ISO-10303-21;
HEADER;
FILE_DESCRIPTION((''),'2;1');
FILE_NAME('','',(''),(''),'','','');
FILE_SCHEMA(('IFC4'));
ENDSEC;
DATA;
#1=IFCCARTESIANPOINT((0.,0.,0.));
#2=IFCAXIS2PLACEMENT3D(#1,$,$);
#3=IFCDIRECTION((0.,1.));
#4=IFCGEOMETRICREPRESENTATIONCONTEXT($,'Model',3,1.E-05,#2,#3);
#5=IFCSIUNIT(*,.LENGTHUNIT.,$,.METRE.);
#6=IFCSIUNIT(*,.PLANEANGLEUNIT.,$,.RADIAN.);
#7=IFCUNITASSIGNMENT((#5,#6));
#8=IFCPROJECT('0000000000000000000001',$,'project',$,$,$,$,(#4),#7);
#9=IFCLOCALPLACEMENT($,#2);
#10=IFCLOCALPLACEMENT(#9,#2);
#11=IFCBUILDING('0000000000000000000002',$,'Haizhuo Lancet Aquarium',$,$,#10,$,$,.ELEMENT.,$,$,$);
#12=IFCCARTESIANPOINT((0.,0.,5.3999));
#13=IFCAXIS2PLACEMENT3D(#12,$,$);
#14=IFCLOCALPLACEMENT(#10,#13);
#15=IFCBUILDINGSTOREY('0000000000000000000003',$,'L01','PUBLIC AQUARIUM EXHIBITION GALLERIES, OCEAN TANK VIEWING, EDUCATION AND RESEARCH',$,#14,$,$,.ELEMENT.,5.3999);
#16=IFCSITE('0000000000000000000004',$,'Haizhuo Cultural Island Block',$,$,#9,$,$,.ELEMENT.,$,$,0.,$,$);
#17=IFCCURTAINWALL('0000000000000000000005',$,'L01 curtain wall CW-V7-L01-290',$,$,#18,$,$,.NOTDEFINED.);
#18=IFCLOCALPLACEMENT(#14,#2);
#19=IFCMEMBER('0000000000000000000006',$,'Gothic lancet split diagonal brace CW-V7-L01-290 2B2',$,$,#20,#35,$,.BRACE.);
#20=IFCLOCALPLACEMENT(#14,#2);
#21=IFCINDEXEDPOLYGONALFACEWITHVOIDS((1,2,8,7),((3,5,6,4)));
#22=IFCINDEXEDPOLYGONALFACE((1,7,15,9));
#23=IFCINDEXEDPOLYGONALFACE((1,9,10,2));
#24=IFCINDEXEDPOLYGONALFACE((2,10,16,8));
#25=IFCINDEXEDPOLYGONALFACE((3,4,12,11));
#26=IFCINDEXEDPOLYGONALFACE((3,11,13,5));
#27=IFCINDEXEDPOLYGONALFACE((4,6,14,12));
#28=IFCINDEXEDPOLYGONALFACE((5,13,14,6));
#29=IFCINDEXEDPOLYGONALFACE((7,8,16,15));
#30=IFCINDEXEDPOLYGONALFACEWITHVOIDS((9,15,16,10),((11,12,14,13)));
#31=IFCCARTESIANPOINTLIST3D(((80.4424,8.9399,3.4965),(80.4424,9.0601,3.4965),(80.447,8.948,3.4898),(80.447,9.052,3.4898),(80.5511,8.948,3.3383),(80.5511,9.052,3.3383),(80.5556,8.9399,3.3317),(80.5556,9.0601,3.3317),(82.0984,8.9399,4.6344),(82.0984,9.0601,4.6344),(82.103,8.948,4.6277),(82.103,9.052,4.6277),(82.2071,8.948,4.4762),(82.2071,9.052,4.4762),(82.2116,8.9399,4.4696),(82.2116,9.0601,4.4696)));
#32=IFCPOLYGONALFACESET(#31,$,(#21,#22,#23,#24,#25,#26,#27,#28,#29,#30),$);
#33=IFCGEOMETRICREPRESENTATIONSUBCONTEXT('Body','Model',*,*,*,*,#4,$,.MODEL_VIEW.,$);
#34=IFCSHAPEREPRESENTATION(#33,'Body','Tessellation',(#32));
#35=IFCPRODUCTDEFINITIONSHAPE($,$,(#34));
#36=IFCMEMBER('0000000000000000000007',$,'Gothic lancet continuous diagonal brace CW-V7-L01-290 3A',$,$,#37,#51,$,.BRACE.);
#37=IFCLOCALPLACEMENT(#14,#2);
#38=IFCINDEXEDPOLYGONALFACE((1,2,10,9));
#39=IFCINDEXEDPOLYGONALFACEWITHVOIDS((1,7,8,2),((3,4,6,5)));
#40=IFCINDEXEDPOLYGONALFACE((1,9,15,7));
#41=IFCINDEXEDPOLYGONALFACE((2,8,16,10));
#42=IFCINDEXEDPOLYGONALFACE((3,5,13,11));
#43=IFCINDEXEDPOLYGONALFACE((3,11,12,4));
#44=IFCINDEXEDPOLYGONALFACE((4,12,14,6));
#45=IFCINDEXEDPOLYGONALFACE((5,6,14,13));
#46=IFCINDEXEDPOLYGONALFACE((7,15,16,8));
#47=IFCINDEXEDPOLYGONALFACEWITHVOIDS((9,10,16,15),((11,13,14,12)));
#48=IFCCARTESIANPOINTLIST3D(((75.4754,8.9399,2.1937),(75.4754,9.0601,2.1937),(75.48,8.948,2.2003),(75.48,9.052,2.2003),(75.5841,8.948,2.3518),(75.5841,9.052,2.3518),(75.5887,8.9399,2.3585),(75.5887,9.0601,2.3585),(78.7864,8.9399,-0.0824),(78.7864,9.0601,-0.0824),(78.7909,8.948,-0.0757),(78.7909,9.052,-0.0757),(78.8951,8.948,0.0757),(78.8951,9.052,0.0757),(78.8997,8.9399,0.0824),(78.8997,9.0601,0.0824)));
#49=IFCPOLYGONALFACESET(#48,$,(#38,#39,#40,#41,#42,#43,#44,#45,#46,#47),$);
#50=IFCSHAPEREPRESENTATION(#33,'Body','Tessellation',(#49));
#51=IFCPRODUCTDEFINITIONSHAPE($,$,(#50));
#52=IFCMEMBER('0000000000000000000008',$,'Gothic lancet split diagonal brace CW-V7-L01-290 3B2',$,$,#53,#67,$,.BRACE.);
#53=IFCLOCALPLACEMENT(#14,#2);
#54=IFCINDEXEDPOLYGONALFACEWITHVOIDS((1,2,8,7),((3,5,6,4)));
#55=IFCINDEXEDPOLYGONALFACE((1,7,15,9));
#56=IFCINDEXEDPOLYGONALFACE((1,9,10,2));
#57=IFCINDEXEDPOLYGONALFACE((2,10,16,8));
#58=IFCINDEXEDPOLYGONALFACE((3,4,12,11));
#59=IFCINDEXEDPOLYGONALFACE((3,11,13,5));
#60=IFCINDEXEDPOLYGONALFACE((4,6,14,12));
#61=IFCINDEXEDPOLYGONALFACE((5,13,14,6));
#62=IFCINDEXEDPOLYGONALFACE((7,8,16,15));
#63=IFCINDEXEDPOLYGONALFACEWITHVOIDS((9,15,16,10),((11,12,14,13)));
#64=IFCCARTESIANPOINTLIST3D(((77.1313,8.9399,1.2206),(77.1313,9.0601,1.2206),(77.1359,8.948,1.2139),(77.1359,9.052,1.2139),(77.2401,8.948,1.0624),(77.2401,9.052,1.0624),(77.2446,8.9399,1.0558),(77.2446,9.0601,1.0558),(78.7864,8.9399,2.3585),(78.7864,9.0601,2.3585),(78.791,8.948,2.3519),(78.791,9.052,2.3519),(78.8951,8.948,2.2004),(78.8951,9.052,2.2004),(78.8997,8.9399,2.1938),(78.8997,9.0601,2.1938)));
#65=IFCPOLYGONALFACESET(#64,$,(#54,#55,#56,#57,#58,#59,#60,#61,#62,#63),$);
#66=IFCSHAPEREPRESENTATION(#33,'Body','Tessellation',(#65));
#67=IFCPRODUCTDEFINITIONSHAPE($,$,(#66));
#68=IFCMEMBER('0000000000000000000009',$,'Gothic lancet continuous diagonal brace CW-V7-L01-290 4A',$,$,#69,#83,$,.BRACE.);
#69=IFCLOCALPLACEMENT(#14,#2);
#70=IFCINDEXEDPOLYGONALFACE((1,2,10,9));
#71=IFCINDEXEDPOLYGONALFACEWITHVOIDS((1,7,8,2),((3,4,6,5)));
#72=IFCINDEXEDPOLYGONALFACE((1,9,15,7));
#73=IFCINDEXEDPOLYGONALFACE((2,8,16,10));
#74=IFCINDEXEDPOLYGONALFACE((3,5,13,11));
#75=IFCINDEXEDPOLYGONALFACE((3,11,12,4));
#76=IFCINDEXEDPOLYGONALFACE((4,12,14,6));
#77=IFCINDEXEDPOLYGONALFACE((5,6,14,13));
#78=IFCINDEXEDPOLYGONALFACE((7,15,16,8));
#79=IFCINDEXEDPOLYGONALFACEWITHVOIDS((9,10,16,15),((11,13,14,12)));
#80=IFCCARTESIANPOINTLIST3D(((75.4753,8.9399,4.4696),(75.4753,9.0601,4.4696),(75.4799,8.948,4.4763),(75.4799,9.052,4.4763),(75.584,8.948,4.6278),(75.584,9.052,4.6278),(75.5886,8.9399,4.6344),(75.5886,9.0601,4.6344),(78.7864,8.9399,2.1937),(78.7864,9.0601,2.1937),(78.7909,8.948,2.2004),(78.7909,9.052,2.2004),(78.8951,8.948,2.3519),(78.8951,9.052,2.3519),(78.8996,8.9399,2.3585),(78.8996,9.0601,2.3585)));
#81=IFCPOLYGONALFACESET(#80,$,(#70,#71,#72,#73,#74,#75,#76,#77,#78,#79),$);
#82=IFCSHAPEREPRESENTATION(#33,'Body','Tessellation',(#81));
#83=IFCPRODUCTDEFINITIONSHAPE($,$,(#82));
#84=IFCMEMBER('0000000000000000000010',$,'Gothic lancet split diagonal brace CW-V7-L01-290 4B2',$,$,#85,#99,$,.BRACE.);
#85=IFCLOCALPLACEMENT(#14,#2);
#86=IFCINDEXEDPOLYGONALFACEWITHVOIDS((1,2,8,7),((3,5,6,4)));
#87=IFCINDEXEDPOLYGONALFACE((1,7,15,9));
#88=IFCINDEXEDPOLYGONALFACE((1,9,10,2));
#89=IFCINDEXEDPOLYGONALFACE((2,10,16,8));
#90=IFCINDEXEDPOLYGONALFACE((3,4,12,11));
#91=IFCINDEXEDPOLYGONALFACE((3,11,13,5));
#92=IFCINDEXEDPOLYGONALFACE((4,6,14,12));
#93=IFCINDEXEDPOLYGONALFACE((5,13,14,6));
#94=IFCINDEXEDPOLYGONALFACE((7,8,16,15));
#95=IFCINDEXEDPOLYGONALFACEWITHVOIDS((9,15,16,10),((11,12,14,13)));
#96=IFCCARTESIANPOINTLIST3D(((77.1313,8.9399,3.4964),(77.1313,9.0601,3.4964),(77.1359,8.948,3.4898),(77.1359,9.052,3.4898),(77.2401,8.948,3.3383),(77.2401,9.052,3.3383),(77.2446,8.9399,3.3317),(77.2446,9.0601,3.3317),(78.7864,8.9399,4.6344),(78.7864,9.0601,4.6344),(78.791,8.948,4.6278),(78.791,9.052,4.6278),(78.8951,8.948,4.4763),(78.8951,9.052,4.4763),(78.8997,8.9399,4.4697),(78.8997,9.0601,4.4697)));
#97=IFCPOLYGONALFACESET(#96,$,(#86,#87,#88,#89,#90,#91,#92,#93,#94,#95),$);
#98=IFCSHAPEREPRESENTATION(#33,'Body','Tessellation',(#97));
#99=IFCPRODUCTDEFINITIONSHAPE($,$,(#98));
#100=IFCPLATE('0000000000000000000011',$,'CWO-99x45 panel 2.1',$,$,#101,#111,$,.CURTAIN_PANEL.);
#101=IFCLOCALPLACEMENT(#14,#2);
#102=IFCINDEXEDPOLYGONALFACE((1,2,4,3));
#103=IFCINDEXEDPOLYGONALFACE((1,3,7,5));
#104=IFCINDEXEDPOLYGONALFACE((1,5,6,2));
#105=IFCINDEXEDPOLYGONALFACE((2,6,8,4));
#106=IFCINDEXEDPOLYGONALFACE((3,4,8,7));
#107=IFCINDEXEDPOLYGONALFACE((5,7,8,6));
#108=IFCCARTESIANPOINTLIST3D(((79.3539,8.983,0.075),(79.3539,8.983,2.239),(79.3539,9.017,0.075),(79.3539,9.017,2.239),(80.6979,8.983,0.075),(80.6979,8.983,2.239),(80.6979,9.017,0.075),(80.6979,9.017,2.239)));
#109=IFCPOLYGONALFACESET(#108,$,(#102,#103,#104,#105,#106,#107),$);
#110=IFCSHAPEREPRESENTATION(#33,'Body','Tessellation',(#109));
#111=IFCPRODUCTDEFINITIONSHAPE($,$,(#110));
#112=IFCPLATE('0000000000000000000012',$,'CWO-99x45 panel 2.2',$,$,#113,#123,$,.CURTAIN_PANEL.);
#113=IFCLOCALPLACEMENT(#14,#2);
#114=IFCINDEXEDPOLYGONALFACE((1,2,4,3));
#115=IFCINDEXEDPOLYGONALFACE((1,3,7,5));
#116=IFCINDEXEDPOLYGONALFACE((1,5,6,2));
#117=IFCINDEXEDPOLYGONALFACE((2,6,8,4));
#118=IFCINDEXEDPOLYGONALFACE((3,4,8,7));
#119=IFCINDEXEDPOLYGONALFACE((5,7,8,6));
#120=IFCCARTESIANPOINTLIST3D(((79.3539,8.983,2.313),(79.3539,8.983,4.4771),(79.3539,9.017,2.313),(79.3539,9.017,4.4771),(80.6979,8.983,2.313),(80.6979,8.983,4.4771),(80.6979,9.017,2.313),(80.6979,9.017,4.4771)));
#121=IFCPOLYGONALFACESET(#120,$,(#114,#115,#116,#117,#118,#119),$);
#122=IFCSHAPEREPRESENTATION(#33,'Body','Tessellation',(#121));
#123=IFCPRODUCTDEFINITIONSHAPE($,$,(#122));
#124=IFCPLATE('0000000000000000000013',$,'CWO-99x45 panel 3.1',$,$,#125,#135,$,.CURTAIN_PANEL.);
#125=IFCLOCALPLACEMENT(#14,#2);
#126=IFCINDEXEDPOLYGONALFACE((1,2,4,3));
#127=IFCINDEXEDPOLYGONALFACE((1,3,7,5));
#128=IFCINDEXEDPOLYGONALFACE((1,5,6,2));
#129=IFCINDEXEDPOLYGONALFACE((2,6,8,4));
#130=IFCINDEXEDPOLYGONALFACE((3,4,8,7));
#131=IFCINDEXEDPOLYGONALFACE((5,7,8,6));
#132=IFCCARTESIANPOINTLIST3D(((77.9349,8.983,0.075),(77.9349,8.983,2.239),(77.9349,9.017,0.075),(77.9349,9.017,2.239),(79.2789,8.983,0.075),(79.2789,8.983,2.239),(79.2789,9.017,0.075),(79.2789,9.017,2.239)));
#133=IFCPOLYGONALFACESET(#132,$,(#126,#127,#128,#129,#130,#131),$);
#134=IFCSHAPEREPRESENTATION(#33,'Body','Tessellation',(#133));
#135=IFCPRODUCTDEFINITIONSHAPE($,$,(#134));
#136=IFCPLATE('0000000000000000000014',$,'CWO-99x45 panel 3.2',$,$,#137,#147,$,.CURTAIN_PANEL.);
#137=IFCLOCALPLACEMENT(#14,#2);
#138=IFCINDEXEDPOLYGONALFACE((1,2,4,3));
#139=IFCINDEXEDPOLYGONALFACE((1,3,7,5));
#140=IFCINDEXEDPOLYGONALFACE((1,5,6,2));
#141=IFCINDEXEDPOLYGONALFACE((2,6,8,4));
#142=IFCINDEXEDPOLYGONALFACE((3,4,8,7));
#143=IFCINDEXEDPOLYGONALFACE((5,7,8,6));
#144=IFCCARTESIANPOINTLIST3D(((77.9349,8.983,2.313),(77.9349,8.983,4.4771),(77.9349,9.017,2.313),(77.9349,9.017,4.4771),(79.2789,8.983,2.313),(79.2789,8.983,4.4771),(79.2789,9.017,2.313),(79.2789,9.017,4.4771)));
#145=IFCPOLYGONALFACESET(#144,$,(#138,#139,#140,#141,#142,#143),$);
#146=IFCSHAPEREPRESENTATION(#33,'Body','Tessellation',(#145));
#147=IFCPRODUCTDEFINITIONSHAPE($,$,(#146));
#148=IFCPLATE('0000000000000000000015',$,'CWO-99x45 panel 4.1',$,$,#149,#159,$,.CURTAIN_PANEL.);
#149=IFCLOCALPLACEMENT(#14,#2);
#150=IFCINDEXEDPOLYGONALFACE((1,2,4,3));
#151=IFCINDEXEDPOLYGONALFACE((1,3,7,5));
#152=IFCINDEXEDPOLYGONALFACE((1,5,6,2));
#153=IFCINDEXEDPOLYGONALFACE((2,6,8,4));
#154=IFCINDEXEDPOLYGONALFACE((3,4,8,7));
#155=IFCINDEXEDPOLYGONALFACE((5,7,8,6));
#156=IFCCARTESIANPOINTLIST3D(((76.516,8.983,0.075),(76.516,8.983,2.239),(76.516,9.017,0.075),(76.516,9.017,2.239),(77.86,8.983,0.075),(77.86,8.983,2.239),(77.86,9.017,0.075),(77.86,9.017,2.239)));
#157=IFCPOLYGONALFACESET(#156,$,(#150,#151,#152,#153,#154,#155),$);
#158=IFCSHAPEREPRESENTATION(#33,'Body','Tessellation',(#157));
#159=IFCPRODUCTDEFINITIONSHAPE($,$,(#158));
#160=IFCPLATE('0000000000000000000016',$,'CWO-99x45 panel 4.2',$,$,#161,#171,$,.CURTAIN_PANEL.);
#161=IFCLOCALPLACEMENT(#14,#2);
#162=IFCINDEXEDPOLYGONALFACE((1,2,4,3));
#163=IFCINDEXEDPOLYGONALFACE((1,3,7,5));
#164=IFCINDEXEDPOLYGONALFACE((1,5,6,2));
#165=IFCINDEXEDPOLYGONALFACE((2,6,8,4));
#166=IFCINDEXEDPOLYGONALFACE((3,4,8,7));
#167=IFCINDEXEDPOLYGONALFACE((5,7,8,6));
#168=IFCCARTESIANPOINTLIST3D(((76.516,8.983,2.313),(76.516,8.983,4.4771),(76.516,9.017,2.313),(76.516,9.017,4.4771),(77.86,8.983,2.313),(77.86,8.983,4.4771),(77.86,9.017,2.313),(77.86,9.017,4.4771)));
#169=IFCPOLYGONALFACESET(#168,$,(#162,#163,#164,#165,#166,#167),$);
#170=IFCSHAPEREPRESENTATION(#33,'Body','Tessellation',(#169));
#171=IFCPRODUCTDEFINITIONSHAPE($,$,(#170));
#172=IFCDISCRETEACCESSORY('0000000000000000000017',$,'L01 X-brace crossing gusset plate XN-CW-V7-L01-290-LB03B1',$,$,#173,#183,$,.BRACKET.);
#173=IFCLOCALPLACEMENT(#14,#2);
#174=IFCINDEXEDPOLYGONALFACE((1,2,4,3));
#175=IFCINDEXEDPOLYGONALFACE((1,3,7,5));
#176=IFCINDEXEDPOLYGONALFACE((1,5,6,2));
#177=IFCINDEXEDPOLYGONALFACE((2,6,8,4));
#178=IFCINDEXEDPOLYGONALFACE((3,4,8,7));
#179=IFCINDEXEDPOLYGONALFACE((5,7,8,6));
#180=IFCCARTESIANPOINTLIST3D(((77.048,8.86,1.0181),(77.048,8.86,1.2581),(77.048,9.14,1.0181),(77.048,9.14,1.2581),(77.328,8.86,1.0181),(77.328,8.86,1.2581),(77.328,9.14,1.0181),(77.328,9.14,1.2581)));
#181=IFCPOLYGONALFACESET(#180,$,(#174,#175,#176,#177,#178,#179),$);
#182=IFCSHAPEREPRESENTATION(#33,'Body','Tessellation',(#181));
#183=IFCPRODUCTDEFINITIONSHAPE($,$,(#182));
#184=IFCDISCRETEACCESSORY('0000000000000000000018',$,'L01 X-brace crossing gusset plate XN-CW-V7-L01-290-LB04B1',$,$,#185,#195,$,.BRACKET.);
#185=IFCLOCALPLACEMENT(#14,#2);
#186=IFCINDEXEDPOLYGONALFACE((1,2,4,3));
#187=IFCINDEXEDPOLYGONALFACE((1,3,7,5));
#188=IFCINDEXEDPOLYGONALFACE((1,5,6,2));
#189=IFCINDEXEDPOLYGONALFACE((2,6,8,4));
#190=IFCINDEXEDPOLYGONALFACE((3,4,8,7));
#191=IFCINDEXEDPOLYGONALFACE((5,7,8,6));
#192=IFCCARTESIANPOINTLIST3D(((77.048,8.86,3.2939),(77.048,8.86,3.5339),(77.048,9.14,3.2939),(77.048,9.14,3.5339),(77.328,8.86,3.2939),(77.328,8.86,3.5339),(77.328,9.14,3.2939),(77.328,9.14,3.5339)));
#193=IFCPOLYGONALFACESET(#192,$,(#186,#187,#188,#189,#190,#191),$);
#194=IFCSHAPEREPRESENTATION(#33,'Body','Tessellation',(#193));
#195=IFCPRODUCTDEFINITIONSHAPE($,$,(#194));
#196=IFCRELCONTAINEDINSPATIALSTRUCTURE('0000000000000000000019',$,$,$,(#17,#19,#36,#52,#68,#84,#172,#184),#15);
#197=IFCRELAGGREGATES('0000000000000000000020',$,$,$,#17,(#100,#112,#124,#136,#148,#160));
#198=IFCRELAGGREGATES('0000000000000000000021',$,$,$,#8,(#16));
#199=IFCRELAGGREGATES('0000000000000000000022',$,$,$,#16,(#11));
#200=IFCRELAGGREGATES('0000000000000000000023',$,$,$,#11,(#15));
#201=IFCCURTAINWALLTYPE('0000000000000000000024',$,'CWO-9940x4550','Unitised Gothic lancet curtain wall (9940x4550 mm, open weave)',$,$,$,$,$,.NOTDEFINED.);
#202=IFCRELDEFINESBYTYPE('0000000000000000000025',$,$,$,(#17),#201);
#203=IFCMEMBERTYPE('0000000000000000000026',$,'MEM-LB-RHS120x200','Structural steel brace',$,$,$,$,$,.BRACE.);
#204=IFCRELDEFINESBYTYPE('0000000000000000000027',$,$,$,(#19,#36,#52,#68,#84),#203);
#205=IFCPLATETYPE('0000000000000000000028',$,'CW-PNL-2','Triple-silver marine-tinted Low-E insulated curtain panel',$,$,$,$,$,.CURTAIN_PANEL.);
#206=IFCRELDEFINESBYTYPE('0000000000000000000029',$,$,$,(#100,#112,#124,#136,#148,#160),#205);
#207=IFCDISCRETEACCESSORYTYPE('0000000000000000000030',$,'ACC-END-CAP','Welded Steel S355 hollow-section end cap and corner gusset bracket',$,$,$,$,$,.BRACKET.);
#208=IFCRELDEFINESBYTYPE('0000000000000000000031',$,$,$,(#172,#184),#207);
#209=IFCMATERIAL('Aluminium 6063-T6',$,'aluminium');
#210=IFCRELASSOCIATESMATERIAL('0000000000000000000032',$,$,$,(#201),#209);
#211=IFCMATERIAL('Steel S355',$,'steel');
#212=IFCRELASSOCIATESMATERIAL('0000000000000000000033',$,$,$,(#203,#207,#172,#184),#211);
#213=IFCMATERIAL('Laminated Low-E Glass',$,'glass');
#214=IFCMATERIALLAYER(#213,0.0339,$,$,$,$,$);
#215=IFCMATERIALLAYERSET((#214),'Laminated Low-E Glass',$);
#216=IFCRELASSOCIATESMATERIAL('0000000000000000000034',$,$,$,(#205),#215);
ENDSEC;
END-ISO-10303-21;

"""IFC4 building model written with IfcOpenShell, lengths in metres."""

from ifc_helpers import new_model, si_unit, direction, frame, origin, origin_2d, place, context, subcontext, project, spatial, rectangle, hollow_rectangle, extrude, material, layer, layer_set, material_profile, profile_set, type_object, element, aggregate, save


model = new_model("IFC4")

# Units and contexts
model_context = context("Model", 3, precision=1e-05, world=origin(), true_north=direction((0.0, 1.0)))
body_context = subcontext(model_context, "Body", "Model", "MODEL_VIEW")
ifc_project = project(units=[si_unit("LENGTHUNIT", "METRE"), si_unit("PLANEANGLEUNIT", "RADIAN")], contexts=[model_context])

# Site, building, storey
site_placement = place(None, origin())
site = spatial("IfcSite", under=ifc_project, at=site_placement, Name="Haizhuo Cultural Island Block", CompositionType="ELEMENT", RefElevation=0.0)
building_placement = place(site_placement, origin())
building = spatial("IfcBuilding", under=site, at=building_placement, Name="Haizhuo Lancet Aquarium", CompositionType="ELEMENT")
storey_placement = place(building_placement, frame((0.0, 0.0, 5.3999)))
storey = spatial("IfcBuildingStorey", under=building, at=storey_placement, Name="L01", Description="PUBLIC AQUARIUM EXHIBITION GALLERIES, OCEAN TANK VIEWING, EDUCATION AND RESEARCH", CompositionType="ELEMENT", Elevation=5.3999)

# Curtain wall
ifc_material_1 = material(Name="Aluminium 6063-T6", Category="aluminium")
curtain_wall_type = type_object("IfcCurtainWallType", Name="CWO-9940x4550", Description="Unitised Gothic lancet curtain wall (9940x4550 mm, open weave)", PredefinedType="NOTDEFINED", material=ifc_material_1)
curtain_wall_placement = place(storey_placement, origin())
curtain_wall = element("IfcCurtainWall", 1, at=curtain_wall_placement, inside=storey, type_object=curtain_wall_type, Name="L01 curtain wall CW-V7-L01-290", PredefinedType="NOTDEFINED")

# Members
ifc_material_2 = material(Name="Steel S355", Category="steel")
ifc_material_profile_1 = material_profile(ifc_material_2, hollow_rectangle(XDim=0.1201, YDim=0.2, WallThickness=0.0081, at=origin_2d()), Name="RHS 120x200x8")
ifc_profile_set_1 = profile_set([ifc_material_profile_1], Name="Steel S355")
member_type_1 = type_object("IfcMemberType", Name="MEM-LB-RHS120x200", Description="Structural steel brace", PredefinedType="BRACE", material=ifc_profile_set_1)
for number, where, z_axis, x_axis, name in (
    (2, (80.499, 9.0, 3.4141), (0.824173, 0.0, 0.566338), (0.0, 1.0, 0.0), "Gothic lancet split diagonal brace CW-V7-L01-290 2B2"),
):
    element("IfcMember", number, at=place(storey_placement, frame(where, z_axis=z_axis, x_axis=x_axis)), inside=storey, type_object=member_type_1, Name=name, PredefinedType="BRACE", context=body_context, shape_type="SweptSolid", body=[
        extrude(hollow_rectangle(XDim=0.1201, YDim=0.2, WallThickness=0.0081, at=origin_2d()), origin(), (0.0, 0.0, 1.0), 2.0093),
    ])
member_1_placement = place(storey_placement, frame((78.843, 9.0, 0.0), z_axis=(-0.824067, 0.0, 0.566493), x_axis=(0.0, -1.0, 0.0)))
element("IfcMember", 3, at=member_1_placement, inside=storey, type_object=member_type_1, Name="Gothic lancet continuous diagonal brace CW-V7-L01-290 3A", PredefinedType="BRACE", context=body_context, shape_type="SweptSolid", body=[
    extrude(hollow_rectangle(XDim=0.1201, YDim=0.2, WallThickness=0.0081, at=origin_2d()), origin(), (0.0, 0.0, 1.0), 4.0178),
])
member_2_placement = place(storey_placement, frame((77.188, 9.0, 1.1382), z_axis=(0.824017, 0.0, 0.566565), x_axis=(0.0, 1.0, 0.0)))
element("IfcMember", 4, at=member_2_placement, inside=storey, type_object=member_type_1, Name="Gothic lancet split diagonal brace CW-V7-L01-290 3B2", PredefinedType="BRACE", context=body_context, shape_type="SweptSolid", body=[
    extrude(hollow_rectangle(XDim=0.1201, YDim=0.2, WallThickness=0.0081, at=origin_2d()), origin(), (0.0, 0.0, 1.0), 2.0085),
])
member_3_placement = place(storey_placement, frame((78.843, 9.0, 2.2761), z_axis=(-0.824095, 0.0, 0.566451), x_axis=(0.0, -1.0, 0.0)))
element("IfcMember", 5, at=member_3_placement, inside=storey, type_object=member_type_1, Name="Gothic lancet continuous diagonal brace CW-V7-L01-290 4A", PredefinedType="BRACE", context=body_context, shape_type="SweptSolid", body=[
    extrude(hollow_rectangle(XDim=0.1201, YDim=0.2, WallThickness=0.0081, at=origin_2d()), origin(), (0.0, 0.0, 1.0), 4.0178),
])
member_4_placement = place(storey_placement, frame((77.188, 9.0, 3.4141), z_axis=(0.824017, 0.0, 0.566565), x_axis=(0.0, 1.0, 0.0)))
element("IfcMember", 6, at=member_4_placement, inside=storey, type_object=member_type_1, Name="Gothic lancet split diagonal brace CW-V7-L01-290 4B2", PredefinedType="BRACE", context=body_context, shape_type="SweptSolid", body=[
    extrude(hollow_rectangle(XDim=0.1201, YDim=0.2, WallThickness=0.0081, at=origin_2d()), origin(), (0.0, 0.0, 1.0), 2.0085),
])

# Plates
ifc_material_3 = material(Name="Laminated Low-E Glass", Category="glass")
ifc_layer = layer(ifc_material_3, 0.0339)
ifc_layer_set = layer_set([ifc_layer], Name="Laminated Low-E Glass")
plate_type = type_object("IfcPlateType", Name="CW-PNL-2", Description="Triple-silver marine-tinted Low-E insulated curtain panel", PredefinedType="CURTAIN_PANEL", material=ifc_layer_set)
plate_1_placement = place(storey_placement, frame((80.0259, 9.0, 0.075), z_axis=(0.0, 0.0, 1.0), x_axis=(-1.0, 0.0, 0.0)))
plate_1 = element("IfcPlate", 7, at=plate_1_placement, type_object=plate_type, Name="CWO-99x45 panel 2.1", PredefinedType="CURTAIN_PANEL", context=body_context, shape_type="SweptSolid", body=[
    extrude(rectangle(XDim=1.344, YDim=0.0339, at=origin_2d()), origin(), (0.0, 0.0, 1.0), 2.1641),
])
plate_2_placement = place(storey_placement, frame((80.0259, 9.0, 2.313), z_axis=(0.0, 0.0, 1.0), x_axis=(-1.0, 0.0, 0.0)))
plate_2 = element("IfcPlate", 8, at=plate_2_placement, type_object=plate_type, Name="CWO-99x45 panel 2.2", PredefinedType="CURTAIN_PANEL", context=body_context, shape_type="SweptSolid", body=[
    extrude(rectangle(XDim=1.344, YDim=0.0339, at=origin_2d()), origin(), (0.0, 0.0, 1.0), 2.1641),
])
plate_3_placement = place(storey_placement, frame((78.6069, 9.0, 0.075), z_axis=(0.0, 0.0, 1.0), x_axis=(-1.0, 0.0, 0.0)))
plate_3 = element("IfcPlate", 9, at=plate_3_placement, type_object=plate_type, Name="CWO-99x45 panel 3.1", PredefinedType="CURTAIN_PANEL", context=body_context, shape_type="SweptSolid", body=[
    extrude(rectangle(XDim=1.344, YDim=0.0339, at=origin_2d()), origin(), (0.0, 0.0, 1.0), 2.1641),
])
plate_4_placement = place(storey_placement, frame((78.6069, 9.0, 2.313), z_axis=(0.0, 0.0, 1.0), x_axis=(-1.0, 0.0, 0.0)))
plate_4 = element("IfcPlate", 10, at=plate_4_placement, type_object=plate_type, Name="CWO-99x45 panel 3.2", PredefinedType="CURTAIN_PANEL", context=body_context, shape_type="SweptSolid", body=[
    extrude(rectangle(XDim=1.344, YDim=0.0339, at=origin_2d()), origin(), (0.0, 0.0, 1.0), 2.1641),
])
plate_5_placement = place(storey_placement, frame((77.188, 9.0, 0.075), z_axis=(0.0, 0.0, 1.0), x_axis=(-1.0, 0.0, 0.0)))
plate_5 = element("IfcPlate", 11, at=plate_5_placement, type_object=plate_type, Name="CWO-99x45 panel 4.1", PredefinedType="CURTAIN_PANEL", context=body_context, shape_type="SweptSolid", body=[
    extrude(rectangle(XDim=1.344, YDim=0.0339, at=origin_2d()), origin(), (0.0, 0.0, 1.0), 2.1641),
])
plate_6_placement = place(storey_placement, frame((77.188, 9.0, 2.313), z_axis=(0.0, 0.0, 1.0), x_axis=(-1.0, 0.0, 0.0)))
plate_6 = element("IfcPlate", 12, at=plate_6_placement, type_object=plate_type, Name="CWO-99x45 panel 4.2", PredefinedType="CURTAIN_PANEL", context=body_context, shape_type="SweptSolid", body=[
    extrude(rectangle(XDim=1.344, YDim=0.0339, at=origin_2d()), origin(), (0.0, 0.0, 1.0), 2.1641),
])
aggregate(curtain_wall, [plate_1, plate_2, plate_3, plate_4, plate_5, plate_6])

# Discrete accessories
discrete_accessory_type = type_object("IfcDiscreteAccessoryType", Name="ACC-END-CAP", Description="Welded Steel S355 hollow-section end cap and corner gusset bracket", PredefinedType="BRACKET", material=ifc_material_2)
for number, where, z_axis, x_axis, name in (
    (13, (77.188, 9.0, 1.0181), (0.0, 0.0, 1.0), (1.0, 0.0, 0.0), "L01 X-brace crossing gusset plate XN-CW-V7-L01-290-LB03B1"),
    (14, (77.188, 9.0, 3.2939), (0.0, 0.0, 1.0), (1.0, 0.0, 0.0), "L01 X-brace crossing gusset plate XN-CW-V7-L01-290-LB04B1"),
):
    element("IfcDiscreteAccessory", number, at=place(storey_placement, frame(where, z_axis=z_axis, x_axis=x_axis)), inside=storey, type_object=discrete_accessory_type, material=ifc_material_2, Name=name, PredefinedType="BRACKET", context=body_context, shape_type="SweptSolid", body=[
        extrude(rectangle(XDim=0.28, YDim=0.28, at=origin_2d()), origin(), (0.0, 0.0, 1.0), 0.24),
    ])

save(model, "model.ifc")
